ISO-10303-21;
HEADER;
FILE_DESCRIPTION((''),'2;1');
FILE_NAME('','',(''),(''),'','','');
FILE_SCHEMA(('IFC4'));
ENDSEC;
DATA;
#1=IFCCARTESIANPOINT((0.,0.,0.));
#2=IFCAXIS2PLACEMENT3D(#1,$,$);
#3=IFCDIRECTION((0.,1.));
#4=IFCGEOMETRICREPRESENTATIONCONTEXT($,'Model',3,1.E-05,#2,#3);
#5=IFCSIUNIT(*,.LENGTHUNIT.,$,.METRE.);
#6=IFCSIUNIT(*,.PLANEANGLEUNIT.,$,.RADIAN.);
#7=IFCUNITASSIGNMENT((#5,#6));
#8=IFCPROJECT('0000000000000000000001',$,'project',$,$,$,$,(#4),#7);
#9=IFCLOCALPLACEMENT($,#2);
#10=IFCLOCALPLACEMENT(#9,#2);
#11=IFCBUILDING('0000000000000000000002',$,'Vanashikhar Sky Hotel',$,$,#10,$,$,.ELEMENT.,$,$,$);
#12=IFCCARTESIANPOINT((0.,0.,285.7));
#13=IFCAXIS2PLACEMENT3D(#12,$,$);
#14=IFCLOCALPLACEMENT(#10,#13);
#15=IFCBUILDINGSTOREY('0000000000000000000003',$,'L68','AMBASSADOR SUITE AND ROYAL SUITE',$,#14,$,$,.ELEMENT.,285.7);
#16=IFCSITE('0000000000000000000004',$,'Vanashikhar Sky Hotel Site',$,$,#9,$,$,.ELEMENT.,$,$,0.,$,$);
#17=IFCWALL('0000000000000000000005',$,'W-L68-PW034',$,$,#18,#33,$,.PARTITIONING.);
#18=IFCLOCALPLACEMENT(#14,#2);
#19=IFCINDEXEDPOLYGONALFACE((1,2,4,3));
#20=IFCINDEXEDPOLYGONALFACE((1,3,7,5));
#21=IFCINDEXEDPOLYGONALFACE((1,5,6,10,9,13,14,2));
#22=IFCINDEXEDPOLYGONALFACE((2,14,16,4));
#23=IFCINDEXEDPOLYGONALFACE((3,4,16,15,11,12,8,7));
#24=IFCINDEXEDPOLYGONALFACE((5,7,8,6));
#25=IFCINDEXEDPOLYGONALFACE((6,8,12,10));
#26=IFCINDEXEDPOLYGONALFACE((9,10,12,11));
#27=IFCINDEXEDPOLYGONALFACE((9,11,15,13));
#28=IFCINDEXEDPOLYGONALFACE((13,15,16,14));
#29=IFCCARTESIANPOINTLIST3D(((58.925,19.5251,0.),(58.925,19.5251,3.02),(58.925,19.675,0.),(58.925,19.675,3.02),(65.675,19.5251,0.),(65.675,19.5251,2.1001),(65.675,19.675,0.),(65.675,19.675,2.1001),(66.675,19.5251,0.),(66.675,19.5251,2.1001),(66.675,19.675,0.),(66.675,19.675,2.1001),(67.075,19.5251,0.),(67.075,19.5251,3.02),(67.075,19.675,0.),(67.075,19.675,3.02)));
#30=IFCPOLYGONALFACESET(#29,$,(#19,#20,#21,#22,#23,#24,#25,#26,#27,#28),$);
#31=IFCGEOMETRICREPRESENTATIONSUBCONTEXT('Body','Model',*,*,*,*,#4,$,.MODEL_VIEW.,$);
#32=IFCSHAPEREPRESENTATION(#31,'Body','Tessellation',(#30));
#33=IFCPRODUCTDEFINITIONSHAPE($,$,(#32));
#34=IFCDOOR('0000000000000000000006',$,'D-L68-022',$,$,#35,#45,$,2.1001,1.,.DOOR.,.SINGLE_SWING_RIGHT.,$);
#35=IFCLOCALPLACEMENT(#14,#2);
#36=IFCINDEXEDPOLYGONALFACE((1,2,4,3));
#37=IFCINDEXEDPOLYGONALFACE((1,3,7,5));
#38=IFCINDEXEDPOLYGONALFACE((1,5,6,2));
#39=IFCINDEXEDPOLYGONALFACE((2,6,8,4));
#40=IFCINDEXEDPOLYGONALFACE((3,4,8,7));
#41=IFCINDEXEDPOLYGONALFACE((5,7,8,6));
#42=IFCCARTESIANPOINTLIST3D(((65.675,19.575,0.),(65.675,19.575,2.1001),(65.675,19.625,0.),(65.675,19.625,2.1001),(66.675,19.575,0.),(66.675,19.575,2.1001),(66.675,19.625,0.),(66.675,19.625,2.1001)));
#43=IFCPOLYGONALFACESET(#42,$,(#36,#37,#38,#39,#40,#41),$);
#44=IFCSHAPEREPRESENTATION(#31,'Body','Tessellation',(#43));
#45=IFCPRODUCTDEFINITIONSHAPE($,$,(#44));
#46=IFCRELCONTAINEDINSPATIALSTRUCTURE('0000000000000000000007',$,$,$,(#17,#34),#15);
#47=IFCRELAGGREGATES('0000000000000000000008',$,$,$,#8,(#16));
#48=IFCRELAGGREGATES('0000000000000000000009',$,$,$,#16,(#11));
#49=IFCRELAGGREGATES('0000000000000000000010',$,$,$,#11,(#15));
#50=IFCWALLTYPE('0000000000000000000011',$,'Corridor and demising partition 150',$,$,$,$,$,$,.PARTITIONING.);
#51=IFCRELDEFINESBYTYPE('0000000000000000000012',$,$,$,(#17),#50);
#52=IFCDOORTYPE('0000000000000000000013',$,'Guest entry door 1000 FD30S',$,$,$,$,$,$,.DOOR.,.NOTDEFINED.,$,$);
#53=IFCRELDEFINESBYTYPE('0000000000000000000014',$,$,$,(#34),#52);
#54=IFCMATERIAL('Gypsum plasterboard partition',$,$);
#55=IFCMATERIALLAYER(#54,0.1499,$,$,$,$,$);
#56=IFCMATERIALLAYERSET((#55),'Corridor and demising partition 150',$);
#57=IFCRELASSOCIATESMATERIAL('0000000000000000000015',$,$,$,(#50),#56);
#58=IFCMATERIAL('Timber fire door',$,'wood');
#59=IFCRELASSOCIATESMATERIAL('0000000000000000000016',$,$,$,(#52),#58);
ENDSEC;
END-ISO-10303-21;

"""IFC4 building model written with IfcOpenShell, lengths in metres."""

from ifc_helpers import new_model, si_unit, direction, frame, frame_2d, origin, place, context, subcontext, project, spatial, rectangle, extrude, source, transform, mapped, material, layer, layer_set, type_object, element, fill, save


model = new_model("IFC4")

# Units and contexts
model_context = context("Model", 3, precision=1e-05, world=origin(), true_north=direction((0.0, 1.0)))
body_context = subcontext(model_context, "Body", "Model", "MODEL_VIEW")
ifc_project = project(units=[si_unit("LENGTHUNIT", "METRE"), si_unit("PLANEANGLEUNIT", "RADIAN")], contexts=[model_context])

# Site, building, storey
site_placement = place(None, origin())
site = spatial("IfcSite", under=ifc_project, at=site_placement, Name="Vanashikhar Sky Hotel Site", CompositionType="ELEMENT", RefElevation=0.0)
building_placement = place(site_placement, origin())
building = spatial("IfcBuilding", under=site, at=building_placement, Name="Vanashikhar Sky Hotel", CompositionType="ELEMENT")
storey_placement = place(building_placement, frame((0.0, 0.0, 285.7)))
storey = spatial("IfcBuildingStorey", under=building, at=storey_placement, Name="L68", Description="AMBASSADOR SUITE AND ROYAL SUITE", CompositionType="ELEMENT", Elevation=285.7)

# Wall, opening, door
ifc_material_1 = material(Name="Gypsum plasterboard partition")
ifc_layer_1 = layer(ifc_material_1, 0.1499)
ifc_layer_set_1 = layer_set([ifc_layer_1], Name="Corridor and demising partition 150")
wall_type_1 = type_object("IfcWallType", Name="Corridor and demising partition 150", PredefinedType="PARTITIONING", material=ifc_layer_set_1)
shared_shape_1 = source(origin(), body_context, "Body", "SweptSolid", [
    extrude(rectangle(XDim=8.1499, YDim=0.1499, at=frame_2d((4.075, 0.0))), origin(), (0.0, 0.0, 1.0), 3.02),
])
wall_1_placement = place(storey_placement, frame((58.925, 19.6001, 0.0), z_axis=(0.0, 0.0, 1.0), x_axis=(1.0, 0.0, 0.0)))
wall_1 = element("IfcWall", 1, at=wall_1_placement, inside=storey, type_object=wall_type_1, Name="W-L68-PW034", PredefinedType="PARTITIONING", context=body_context, shape_type="MappedRepresentation", body=[
    mapped(shared_shape_1, transform((0.0, 0.0, 0.0), scale=1.0)),
])
shared_shape_2 = source(origin(), body_context, "Body", "SweptSolid", [
    extrude(rectangle(XDim=1.0, YDim=2.1001, at=frame_2d((0.5, 1.05))), frame((0.0, 0.085, 0.0), z_axis=(0.0, -1.0, 0.0), x_axis=(1.0, 0.0, 0.0)), (0.0, 0.0, 1.0), 0.1699),
])
opening_1_placement = place(wall_1_placement, frame((6.75, 0.0, 0.0)))
opening_1 = element("IfcOpeningElement", 2, at=opening_1_placement, cuts=wall_1, PredefinedType="OPENING", context=body_context, shape_type="MappedRepresentation", body=[
    mapped(shared_shape_2, transform((0.0, 0.0, 0.0), scale=1.0)),
])
ifc_material_2 = material(Name="Timber fire door", Category="wood")
door_type_1 = type_object("IfcDoorType", Name="Guest entry door 1000 FD30S", OperationType="NOTDEFINED", PredefinedType="DOOR", material=ifc_material_2)
shared_shape_3 = source(origin(), body_context, "Body", "SweptSolid", [
    extrude(rectangle(XDim=1.0, YDim=2.1001, at=frame_2d((0.5, 1.05))), frame((0.0, 0.0249, 0.0), z_axis=(0.0, -1.0, 0.0), x_axis=(1.0, 0.0, 0.0)), (0.0, 0.0, 1.0), 0.05),
])
door_1_placement = place(opening_1_placement, origin())
door_1 = element("IfcDoor", 3, at=door_1_placement, inside=storey, type_object=door_type_1, Name="D-L68-022", OperationType="SINGLE_SWING_RIGHT", OverallHeight=2.1001, OverallWidth=1.0, PredefinedType="DOOR", context=body_context, shape_type="MappedRepresentation", body=[
    mapped(shared_shape_3, transform((0.0, 0.0, 0.0), scale=1.0)),
])
fill(opening_1, door_1)

save(model, "model.ifc")
